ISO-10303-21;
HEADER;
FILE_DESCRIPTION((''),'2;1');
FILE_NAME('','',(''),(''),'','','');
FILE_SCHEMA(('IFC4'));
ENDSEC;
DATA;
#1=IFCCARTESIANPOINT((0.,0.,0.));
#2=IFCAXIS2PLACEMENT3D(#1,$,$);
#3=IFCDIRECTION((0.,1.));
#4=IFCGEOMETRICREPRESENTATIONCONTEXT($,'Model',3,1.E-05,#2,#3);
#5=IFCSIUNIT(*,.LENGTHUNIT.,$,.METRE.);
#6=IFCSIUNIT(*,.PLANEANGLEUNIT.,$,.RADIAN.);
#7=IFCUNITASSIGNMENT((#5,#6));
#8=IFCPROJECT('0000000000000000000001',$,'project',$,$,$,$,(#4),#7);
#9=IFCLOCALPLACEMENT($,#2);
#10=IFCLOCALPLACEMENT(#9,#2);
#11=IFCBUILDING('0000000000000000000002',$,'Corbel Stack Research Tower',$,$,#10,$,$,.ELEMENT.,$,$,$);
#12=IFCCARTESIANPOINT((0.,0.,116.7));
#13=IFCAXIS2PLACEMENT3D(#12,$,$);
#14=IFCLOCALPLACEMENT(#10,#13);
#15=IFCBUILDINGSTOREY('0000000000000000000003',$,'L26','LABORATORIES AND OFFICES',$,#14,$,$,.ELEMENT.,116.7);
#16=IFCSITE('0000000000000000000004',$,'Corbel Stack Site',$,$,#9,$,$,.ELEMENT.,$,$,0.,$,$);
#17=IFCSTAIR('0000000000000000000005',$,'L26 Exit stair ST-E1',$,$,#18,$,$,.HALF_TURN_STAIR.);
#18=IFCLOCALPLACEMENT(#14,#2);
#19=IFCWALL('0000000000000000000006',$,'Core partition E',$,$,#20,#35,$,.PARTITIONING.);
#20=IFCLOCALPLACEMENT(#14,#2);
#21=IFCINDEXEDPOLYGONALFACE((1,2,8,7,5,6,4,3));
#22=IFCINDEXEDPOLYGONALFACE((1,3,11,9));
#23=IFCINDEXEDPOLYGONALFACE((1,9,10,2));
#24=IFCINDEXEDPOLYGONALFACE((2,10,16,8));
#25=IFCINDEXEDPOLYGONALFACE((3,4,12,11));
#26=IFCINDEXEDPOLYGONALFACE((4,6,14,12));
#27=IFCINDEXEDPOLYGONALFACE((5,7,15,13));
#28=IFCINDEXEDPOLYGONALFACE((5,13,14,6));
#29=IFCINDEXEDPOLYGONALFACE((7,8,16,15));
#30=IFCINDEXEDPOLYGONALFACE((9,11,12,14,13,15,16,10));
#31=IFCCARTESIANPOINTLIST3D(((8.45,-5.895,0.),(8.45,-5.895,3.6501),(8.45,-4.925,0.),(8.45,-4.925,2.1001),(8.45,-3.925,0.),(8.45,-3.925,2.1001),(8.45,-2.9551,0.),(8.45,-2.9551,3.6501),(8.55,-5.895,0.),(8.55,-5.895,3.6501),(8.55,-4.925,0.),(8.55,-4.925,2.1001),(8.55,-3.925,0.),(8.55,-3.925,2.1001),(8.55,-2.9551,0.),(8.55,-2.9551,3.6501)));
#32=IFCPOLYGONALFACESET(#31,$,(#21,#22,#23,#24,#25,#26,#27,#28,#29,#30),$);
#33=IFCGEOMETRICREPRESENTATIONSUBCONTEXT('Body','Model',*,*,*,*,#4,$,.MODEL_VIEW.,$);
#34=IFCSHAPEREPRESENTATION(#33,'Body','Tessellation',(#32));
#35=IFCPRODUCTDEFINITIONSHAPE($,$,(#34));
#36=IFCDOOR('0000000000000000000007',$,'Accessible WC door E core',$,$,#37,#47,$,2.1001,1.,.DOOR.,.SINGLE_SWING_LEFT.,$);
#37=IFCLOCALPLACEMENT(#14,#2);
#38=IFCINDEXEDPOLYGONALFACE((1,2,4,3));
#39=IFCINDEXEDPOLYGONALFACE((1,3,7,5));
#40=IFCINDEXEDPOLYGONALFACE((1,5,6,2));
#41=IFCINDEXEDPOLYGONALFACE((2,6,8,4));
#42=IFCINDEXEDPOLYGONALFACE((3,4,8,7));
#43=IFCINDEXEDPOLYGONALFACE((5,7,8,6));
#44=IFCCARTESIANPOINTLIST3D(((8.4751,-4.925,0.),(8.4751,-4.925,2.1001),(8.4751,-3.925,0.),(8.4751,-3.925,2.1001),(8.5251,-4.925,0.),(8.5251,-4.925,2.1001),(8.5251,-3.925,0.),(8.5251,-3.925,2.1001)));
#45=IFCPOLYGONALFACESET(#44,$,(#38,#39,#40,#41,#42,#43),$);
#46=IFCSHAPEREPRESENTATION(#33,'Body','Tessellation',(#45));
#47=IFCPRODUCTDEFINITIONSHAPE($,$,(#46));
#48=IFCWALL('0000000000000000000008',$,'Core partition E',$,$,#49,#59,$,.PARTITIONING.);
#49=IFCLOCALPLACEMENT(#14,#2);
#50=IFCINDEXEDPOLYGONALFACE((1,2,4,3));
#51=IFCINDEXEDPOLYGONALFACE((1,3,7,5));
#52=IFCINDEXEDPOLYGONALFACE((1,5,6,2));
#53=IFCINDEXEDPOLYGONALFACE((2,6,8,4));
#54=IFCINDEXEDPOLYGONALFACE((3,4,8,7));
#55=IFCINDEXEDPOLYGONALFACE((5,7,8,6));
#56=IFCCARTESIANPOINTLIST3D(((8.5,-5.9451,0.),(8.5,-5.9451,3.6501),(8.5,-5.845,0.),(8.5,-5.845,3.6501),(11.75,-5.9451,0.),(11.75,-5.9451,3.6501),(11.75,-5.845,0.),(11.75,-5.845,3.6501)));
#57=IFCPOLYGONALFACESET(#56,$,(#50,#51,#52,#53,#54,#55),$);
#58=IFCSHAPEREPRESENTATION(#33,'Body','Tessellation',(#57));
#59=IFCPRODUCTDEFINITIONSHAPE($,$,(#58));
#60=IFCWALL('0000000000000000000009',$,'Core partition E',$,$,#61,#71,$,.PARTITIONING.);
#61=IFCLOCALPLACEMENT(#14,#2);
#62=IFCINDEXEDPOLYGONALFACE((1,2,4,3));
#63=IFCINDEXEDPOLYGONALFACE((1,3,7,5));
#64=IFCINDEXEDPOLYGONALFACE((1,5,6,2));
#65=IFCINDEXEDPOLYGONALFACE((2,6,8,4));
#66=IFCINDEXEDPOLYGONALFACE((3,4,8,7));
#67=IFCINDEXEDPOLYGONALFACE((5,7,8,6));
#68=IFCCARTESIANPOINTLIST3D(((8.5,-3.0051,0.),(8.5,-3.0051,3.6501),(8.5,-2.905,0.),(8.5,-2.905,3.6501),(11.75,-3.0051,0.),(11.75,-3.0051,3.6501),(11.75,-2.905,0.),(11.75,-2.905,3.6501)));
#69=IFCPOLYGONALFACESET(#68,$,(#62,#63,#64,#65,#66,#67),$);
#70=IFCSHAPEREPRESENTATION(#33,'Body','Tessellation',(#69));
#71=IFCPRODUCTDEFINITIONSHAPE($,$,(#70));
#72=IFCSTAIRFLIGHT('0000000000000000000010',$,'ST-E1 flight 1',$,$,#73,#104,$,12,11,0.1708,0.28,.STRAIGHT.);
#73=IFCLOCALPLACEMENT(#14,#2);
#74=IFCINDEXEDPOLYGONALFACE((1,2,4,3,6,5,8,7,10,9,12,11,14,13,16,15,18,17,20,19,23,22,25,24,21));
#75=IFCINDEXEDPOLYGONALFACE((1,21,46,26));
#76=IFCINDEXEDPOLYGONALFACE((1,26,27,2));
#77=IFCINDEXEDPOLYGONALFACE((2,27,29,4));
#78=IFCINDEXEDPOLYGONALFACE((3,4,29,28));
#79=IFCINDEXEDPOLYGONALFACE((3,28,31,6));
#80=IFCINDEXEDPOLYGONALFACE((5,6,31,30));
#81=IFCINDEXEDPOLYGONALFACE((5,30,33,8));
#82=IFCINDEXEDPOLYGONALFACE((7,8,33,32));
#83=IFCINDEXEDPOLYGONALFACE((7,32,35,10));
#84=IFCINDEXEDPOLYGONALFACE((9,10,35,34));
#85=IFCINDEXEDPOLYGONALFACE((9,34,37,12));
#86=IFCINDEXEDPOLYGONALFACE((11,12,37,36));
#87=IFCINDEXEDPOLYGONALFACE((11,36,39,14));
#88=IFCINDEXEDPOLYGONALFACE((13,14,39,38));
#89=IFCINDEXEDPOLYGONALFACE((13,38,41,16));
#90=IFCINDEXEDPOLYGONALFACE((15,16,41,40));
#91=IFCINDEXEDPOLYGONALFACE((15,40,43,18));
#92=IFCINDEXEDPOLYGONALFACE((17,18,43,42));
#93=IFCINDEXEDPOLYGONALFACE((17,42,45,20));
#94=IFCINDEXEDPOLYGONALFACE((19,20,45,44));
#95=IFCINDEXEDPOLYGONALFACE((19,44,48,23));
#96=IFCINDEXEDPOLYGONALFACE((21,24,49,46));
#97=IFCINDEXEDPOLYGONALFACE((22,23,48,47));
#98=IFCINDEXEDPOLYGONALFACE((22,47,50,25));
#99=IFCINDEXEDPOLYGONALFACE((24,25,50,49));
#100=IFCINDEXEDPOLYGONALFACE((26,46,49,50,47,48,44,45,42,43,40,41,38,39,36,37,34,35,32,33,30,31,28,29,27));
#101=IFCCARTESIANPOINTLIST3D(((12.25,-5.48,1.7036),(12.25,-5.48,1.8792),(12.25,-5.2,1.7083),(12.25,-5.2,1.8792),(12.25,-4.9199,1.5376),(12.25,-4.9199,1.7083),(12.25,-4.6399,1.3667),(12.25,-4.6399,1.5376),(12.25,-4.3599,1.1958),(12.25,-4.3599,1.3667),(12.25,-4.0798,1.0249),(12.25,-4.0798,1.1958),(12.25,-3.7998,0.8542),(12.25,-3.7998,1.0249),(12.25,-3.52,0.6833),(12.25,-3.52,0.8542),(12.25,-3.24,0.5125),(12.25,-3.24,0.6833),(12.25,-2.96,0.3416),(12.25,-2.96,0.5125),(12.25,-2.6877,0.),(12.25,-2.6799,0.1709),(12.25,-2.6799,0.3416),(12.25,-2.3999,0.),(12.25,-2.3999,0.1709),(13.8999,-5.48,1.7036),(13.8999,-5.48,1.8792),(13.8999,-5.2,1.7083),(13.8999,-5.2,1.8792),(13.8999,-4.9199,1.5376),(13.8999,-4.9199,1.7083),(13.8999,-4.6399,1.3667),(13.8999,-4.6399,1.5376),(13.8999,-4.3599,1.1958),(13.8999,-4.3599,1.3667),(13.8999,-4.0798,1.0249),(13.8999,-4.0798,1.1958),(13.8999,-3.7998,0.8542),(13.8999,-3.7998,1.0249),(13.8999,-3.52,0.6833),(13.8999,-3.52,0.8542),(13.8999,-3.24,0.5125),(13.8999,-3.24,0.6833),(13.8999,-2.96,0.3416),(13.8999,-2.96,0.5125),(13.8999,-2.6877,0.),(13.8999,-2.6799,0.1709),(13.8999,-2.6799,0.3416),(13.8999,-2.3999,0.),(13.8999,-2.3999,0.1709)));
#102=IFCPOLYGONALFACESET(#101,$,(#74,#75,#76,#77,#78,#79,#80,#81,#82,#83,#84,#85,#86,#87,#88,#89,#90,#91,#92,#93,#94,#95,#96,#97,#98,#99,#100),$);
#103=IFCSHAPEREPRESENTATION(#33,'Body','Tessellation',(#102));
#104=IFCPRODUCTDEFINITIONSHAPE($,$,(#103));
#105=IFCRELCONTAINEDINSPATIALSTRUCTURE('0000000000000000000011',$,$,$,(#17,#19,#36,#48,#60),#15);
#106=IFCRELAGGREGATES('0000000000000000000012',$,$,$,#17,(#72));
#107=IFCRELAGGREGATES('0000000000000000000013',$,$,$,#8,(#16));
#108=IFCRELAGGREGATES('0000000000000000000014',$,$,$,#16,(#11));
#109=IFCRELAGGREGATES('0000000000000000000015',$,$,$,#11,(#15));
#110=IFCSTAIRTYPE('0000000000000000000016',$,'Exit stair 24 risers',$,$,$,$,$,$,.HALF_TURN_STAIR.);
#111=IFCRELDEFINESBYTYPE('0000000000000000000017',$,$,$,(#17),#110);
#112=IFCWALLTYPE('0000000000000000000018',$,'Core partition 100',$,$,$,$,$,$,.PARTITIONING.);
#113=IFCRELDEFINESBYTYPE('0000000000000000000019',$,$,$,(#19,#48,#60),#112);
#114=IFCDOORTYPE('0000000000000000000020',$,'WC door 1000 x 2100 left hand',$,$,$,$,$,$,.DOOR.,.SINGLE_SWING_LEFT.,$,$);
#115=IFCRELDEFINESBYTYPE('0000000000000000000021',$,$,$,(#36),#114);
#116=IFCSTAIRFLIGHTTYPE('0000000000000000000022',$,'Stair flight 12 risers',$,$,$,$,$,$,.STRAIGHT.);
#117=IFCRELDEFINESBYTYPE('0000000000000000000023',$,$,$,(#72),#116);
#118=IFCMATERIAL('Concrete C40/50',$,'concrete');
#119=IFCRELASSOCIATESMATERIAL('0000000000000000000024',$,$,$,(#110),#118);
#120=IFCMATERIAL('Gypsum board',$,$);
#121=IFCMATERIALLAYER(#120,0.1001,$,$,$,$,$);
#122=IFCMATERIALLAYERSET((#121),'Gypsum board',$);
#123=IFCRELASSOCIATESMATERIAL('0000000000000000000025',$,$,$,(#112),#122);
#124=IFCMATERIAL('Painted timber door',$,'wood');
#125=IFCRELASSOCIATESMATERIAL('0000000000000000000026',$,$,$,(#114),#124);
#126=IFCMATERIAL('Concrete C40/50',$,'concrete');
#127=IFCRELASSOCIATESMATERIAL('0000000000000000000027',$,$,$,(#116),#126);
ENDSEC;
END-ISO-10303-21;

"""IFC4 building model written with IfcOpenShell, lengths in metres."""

from ifc_helpers import new_model, si_unit, direction, frame, frame_2d, origin, place, context, subcontext, project, spatial, polyline, rectangle, outline, extrude, material, layer, layer_set, type_object, element, fill, aggregate, save


model = new_model("IFC4")

# Units and contexts
model_context = context("Model", 3, precision=1e-05, world=origin(), true_north=direction((0.0, 1.0)))
body_context = subcontext(model_context, "Body", "Model", "MODEL_VIEW")
ifc_project = project(units=[si_unit("LENGTHUNIT", "METRE"), si_unit("PLANEANGLEUNIT", "RADIAN")], contexts=[model_context])

# Site, building, storey
site_placement = place(None, origin())
site = spatial("IfcSite", under=ifc_project, at=site_placement, Name="Corbel Stack Site", CompositionType="ELEMENT", RefElevation=0.0)
building_placement = place(site_placement, origin())
building = spatial("IfcBuilding", under=site, at=building_placement, Name="Corbel Stack Research Tower", CompositionType="ELEMENT")
storey_placement = place(building_placement, frame((0.0, 0.0, 116.7)))
storey = spatial("IfcBuildingStorey", under=building, at=storey_placement, Name="L26", Description="LABORATORIES AND OFFICES", CompositionType="ELEMENT", Elevation=116.7)

# Stair
ifc_material_1 = material(Name="Concrete C40/50", Category="concrete")
stair_type = type_object("IfcStairType", Name="Exit stair 24 risers", PredefinedType="HALF_TURN_STAIR", material=ifc_material_1)
stair_1_placement = place(storey_placement, origin())
stair_1 = element("IfcStair", 1, at=stair_1_placement, inside=storey, type_object=stair_type, Name="L26 Exit stair ST-E1", PredefinedType="HALF_TURN_STAIR")

# Wall, opening, door
ifc_material_2 = material(Name="Gypsum board")
ifc_layer_1 = layer(ifc_material_2, 0.1001)
ifc_layer_set_1 = layer_set([ifc_layer_1], Name="Gypsum board")
wall_type_1 = type_object("IfcWallType", Name="Core partition 100", PredefinedType="PARTITIONING", material=ifc_layer_set_1)
wall_1_placement = place(storey_placement, frame((8.5, -5.895, 0.0), z_axis=(0.0, 0.0, 1.0), x_axis=(0.0, 1.0, 0.0)))
wall_1 = element("IfcWall", 2, at=wall_1_placement, inside=storey, type_object=wall_type_1, Name="Core partition E", PredefinedType="PARTITIONING", context=body_context, shape_type="SweptSolid", body=[
    extrude(rectangle(XDim=2.9399, YDim=0.1001, at=frame_2d((1.47, 0.0))), origin(), (0.0, 0.0, 1.0), 3.6501),
])
opening_1_placement = place(wall_1_placement, frame((0.97, 0.0, 0.0)))
opening_1 = element("IfcOpeningElement", 3, at=opening_1_placement, cuts=wall_1, PredefinedType="OPENING", context=body_context, shape_type="SweptSolid", body=[
    extrude(rectangle(XDim=1.0, YDim=2.1001, at=frame_2d((0.5, 1.05))), frame((0.0, 0.0601, 0.0), z_axis=(0.0, -1.0, 0.0), x_axis=(1.0, 0.0, 0.0)), (0.0, 0.0, 1.0), 0.1201),
])
ifc_material_3 = material(Name="Painted timber door", Category="wood")
door_type_1 = type_object("IfcDoorType", Name="WC door 1000 x 2100 left hand", OperationType="SINGLE_SWING_LEFT", PredefinedType="DOOR", material=ifc_material_3)
door_1_placement = place(opening_1_placement, origin())
door_1 = element("IfcDoor", 4, at=door_1_placement, inside=storey, type_object=door_type_1, Name="Accessible WC door E core", OperationType="SINGLE_SWING_LEFT", OverallHeight=2.1001, OverallWidth=1.0, PredefinedType="DOOR", context=body_context, shape_type="SweptSolid", body=[
    extrude(rectangle(XDim=1.0, YDim=2.1001, at=frame_2d((0.5, 1.05))), frame((0.0, 0.0249, 0.0), z_axis=(0.0, -1.0, 0.0), x_axis=(1.0, 0.0, 0.0)), (0.0, 0.0, 1.0), 0.05),
])
fill(opening_1, door_1)

# Walls
for number, where, z_axis, x_axis, name in (
    (5, (8.5, -5.895, 0.0), (0.0, 0.0, 1.0), (1.0, 0.0, 0.0), "Core partition E"),
    (6, (8.5, -2.9551, 0.0), (0.0, 0.0, 1.0), (1.0, 0.0, 0.0), "Core partition E"),
):
    element("IfcWall", number, at=place(storey_placement, frame(where, z_axis=z_axis, x_axis=x_axis)), inside=storey, type_object=wall_type_1, Name=name, PredefinedType="PARTITIONING", context=body_context, shape_type="SweptSolid", body=[
        extrude(rectangle(XDim=3.25, YDim=0.1001, at=frame_2d((1.625, 0.0))), origin(), (0.0, 0.0, 1.0), 3.6501),
    ])

# Stair flight
ifc_material_4 = material(Name="Concrete C40/50", Category="concrete")
stair_flight_type = type_object("IfcStairFlightType", Name="Stair flight 12 risers", PredefinedType="STRAIGHT", material=ifc_material_4)
stair_flight_placement = place(storey_placement, frame((13.075, -2.3999, 0.0), z_axis=(0.0, 0.0, 1.0), x_axis=(0.0, -1.0, 0.0)))
stair_flight = element("IfcStairFlight", 7, at=stair_flight_placement, type_object=stair_flight_type, Name="ST-E1 flight 1", NumberOfRisers=12, NumberOfTreads=11, PredefinedType="STRAIGHT", RiserHeight=0.1708, TreadLength=0.28, context=body_context, shape_type="SweptSolid", body=[
    extrude(outline(polyline([(0.0, 0.0), (0.0, 0.1709), (0.28, 0.1709), (0.28, 0.3416), (0.5601, 0.3416), (0.5601, 0.5125), (0.8401, 0.5125), (0.8401, 0.6833), (1.1201, 0.6833), (1.1201, 0.8542), (1.3999, 0.8542), (1.3999, 1.0249), (1.6799, 1.0249), (1.6799, 1.1958), (1.96, 1.1958), (1.96, 1.3667), (2.24, 1.3667), (2.24, 1.5376), (2.52, 1.5376), (2.52, 1.7083), (2.8, 1.7083), (2.8, 1.8792), (3.0801, 1.8792), (3.0801, 2.05), (3.0801, 1.7036), (0.2878, 0.0), (0.0, 0.0)])), frame((0.0, 0.825, 0.0), z_axis=(0.0, -1.0, 0.0), x_axis=(1.0, 0.0, 0.0)), (0.0, 0.0, 1.0), 1.6499),
])
aggregate(stair_1, [stair_flight])

save(model, "model.ifc")
